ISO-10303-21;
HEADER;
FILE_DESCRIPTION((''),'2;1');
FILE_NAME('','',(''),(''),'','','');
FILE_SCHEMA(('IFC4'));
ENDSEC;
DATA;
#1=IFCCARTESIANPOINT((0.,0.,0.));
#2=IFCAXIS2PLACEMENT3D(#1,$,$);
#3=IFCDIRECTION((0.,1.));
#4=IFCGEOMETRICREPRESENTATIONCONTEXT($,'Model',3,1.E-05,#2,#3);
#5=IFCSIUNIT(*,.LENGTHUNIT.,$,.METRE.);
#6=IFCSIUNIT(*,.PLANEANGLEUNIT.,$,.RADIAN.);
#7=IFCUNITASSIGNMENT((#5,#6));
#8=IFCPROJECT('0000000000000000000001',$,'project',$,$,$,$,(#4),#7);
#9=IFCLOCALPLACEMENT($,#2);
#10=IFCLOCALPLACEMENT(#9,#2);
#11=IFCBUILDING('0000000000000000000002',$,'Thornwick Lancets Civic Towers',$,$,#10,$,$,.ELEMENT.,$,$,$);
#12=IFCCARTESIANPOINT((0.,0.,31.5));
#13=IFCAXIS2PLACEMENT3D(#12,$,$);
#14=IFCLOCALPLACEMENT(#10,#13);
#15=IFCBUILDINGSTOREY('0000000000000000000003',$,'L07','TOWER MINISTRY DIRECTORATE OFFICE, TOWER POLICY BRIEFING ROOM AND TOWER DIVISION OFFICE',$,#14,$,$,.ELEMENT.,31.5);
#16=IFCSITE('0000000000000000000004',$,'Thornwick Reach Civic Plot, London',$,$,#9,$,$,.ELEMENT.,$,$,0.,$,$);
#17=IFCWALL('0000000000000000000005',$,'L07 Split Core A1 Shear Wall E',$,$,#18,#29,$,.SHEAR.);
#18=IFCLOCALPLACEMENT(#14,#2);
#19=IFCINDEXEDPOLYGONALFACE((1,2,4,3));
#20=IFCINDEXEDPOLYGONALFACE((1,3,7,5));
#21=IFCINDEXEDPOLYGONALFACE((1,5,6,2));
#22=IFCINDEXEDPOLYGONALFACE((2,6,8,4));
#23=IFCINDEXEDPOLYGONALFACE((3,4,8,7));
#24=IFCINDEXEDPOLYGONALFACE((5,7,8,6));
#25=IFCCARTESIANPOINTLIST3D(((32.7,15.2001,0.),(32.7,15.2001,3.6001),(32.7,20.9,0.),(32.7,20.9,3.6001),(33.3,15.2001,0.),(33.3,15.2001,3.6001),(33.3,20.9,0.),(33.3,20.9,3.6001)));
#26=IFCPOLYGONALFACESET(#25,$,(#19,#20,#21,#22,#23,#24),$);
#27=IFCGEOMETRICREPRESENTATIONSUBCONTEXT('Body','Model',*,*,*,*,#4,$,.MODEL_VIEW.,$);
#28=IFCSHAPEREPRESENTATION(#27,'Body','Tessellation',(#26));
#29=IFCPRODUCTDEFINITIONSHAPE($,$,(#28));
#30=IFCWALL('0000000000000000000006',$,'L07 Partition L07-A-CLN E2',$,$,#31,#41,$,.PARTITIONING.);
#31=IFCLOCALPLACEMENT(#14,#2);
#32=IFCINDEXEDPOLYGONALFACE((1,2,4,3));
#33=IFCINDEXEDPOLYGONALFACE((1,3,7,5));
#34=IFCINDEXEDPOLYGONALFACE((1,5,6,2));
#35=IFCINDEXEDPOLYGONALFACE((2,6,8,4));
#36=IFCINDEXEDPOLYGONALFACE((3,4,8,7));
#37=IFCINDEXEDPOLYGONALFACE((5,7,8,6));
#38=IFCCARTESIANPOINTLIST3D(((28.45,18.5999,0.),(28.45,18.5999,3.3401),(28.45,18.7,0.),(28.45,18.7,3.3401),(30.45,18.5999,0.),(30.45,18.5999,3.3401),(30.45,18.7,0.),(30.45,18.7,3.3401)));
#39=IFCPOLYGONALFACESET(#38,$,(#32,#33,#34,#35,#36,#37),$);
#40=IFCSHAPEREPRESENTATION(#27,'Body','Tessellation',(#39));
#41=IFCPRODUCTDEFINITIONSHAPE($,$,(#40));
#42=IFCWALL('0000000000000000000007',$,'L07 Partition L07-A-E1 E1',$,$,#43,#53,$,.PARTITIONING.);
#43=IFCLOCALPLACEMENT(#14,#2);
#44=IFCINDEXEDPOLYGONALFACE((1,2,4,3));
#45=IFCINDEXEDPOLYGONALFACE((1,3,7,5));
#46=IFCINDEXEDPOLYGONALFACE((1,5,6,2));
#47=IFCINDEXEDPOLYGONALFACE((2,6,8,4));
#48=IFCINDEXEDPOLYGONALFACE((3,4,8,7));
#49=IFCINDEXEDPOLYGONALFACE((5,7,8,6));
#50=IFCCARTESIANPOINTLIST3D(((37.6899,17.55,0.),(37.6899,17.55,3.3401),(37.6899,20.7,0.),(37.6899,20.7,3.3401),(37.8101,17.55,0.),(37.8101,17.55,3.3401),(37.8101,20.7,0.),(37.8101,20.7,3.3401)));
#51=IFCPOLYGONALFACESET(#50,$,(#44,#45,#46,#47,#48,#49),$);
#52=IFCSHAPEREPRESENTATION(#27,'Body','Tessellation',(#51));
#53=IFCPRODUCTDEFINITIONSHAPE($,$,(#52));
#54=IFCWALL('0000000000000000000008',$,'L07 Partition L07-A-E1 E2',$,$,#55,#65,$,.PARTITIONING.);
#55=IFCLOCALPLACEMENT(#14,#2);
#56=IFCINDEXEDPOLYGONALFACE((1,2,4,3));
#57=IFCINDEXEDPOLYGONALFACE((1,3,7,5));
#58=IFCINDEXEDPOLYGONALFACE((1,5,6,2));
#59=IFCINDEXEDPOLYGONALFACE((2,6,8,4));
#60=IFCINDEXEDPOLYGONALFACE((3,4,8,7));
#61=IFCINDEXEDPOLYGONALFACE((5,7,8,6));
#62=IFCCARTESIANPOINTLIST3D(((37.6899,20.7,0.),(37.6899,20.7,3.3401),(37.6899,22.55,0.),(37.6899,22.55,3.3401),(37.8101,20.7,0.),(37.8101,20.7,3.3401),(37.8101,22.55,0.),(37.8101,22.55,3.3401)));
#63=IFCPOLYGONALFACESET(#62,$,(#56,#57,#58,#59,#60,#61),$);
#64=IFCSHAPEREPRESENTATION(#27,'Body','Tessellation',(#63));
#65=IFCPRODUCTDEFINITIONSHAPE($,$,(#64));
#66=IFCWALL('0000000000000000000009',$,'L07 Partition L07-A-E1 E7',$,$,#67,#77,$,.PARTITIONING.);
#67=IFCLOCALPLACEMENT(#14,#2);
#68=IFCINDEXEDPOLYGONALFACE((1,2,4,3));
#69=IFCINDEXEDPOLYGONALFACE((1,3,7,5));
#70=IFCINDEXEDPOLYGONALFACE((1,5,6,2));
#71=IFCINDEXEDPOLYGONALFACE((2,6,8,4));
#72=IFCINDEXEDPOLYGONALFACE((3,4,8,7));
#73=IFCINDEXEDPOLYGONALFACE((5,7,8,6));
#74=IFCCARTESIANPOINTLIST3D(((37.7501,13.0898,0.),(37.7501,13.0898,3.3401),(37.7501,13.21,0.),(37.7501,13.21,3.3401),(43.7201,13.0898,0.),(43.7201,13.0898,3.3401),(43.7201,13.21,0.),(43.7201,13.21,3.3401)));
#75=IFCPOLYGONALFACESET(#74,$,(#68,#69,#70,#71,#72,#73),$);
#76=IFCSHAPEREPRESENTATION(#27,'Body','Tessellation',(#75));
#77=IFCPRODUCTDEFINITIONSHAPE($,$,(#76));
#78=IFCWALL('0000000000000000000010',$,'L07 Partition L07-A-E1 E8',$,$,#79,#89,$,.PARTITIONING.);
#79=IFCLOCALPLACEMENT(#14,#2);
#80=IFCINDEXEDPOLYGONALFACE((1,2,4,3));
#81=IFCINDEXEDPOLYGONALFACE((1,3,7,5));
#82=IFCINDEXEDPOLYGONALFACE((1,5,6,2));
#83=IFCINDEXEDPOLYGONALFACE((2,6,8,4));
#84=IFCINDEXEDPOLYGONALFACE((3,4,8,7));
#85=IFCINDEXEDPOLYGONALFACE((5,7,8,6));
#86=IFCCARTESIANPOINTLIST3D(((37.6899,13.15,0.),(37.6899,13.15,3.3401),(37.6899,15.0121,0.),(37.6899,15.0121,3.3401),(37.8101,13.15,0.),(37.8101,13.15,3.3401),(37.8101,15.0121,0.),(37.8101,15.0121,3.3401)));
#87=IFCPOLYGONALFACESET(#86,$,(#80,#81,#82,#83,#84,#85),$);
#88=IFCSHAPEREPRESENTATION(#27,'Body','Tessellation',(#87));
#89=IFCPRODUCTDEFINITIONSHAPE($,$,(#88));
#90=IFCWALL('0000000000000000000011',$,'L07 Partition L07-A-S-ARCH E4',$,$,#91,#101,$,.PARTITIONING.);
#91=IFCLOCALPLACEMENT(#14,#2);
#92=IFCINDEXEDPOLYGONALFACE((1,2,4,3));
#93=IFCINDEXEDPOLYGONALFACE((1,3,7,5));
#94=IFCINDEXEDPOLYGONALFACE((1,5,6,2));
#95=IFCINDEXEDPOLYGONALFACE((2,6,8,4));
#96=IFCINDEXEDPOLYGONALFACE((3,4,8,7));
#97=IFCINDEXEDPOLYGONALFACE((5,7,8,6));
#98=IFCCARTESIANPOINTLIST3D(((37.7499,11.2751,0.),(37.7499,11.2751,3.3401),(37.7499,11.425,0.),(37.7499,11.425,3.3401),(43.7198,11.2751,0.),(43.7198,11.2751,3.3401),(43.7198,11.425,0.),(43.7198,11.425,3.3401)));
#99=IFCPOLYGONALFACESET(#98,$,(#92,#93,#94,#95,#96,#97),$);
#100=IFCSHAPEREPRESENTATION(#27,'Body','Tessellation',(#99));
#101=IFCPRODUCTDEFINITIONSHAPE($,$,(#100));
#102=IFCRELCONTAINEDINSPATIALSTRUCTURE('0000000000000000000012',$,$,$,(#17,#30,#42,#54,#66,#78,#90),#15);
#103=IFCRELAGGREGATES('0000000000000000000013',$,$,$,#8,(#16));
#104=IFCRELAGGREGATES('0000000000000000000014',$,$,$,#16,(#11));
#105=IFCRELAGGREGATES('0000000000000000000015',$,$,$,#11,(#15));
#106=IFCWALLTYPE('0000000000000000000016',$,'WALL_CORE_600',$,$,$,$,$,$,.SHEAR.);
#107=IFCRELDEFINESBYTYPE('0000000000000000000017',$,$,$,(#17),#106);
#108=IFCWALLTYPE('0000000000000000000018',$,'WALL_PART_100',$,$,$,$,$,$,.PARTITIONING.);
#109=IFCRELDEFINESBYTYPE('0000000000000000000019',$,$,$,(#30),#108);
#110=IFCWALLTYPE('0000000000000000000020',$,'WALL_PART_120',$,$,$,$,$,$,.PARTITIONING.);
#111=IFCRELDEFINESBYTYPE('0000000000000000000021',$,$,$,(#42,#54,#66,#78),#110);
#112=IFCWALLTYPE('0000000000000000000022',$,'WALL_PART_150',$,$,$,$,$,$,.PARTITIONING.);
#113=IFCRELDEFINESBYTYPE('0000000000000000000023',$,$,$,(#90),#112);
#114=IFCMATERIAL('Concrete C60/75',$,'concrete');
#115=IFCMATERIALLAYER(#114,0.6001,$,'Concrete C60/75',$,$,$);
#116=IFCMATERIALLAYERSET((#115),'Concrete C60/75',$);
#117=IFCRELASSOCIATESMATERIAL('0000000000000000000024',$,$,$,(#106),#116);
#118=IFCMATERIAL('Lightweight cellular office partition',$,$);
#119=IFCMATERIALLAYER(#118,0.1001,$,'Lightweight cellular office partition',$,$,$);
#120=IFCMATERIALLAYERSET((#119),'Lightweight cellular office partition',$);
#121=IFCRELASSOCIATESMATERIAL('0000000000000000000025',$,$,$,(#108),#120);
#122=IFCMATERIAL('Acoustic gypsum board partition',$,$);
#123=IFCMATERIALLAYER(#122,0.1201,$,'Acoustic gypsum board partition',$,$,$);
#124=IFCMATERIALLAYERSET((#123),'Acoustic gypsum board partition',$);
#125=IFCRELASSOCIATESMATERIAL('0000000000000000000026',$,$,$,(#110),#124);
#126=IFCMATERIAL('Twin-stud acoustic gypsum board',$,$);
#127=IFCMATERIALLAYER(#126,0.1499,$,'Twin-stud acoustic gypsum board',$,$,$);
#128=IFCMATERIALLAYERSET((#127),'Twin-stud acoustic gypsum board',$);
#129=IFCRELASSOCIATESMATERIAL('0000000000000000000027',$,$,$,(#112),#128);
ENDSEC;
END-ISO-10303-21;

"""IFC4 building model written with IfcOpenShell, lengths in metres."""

from ifc_helpers import new_model, si_unit, direction, frame, frame_2d, origin, place, context, subcontext, project, spatial, rectangle, extrude, material, layer, layer_set, type_object, element, save


model = new_model("IFC4")

# Units and contexts
model_context = context("Model", 3, precision=1e-05, world=origin(), true_north=direction((0.0, 1.0)))
body_context = subcontext(model_context, "Body", "Model", "MODEL_VIEW")
ifc_project = project(units=[si_unit("LENGTHUNIT", "METRE"), si_unit("PLANEANGLEUNIT", "RADIAN")], contexts=[model_context])

# Site, building, storey
site_placement = place(None, origin())
site = spatial("IfcSite", under=ifc_project, at=site_placement, Name="Thornwick Reach Civic Plot, London", CompositionType="ELEMENT", RefElevation=0.0)
building_placement = place(site_placement, origin())
building = spatial("IfcBuilding", under=site, at=building_placement, Name="Thornwick Lancets Civic Towers", CompositionType="ELEMENT")
storey_placement = place(building_placement, frame((0.0, 0.0, 31.5)))
storey = spatial("IfcBuildingStorey", under=building, at=storey_placement, Name="L07", Description="TOWER MINISTRY DIRECTORATE OFFICE, TOWER POLICY BRIEFING ROOM AND TOWER DIVISION OFFICE", CompositionType="ELEMENT", Elevation=31.5)

# Shared definitions
ifc_material_1 = material(Name="Concrete C60/75", Category="concrete")

# Walls
ifc_layer_1 = layer(ifc_material_1, 0.6001, Name="Concrete C60/75")
ifc_layer_set_1 = layer_set([ifc_layer_1], Name="Concrete C60/75")
wall_type_1 = type_object("IfcWallType", Name="WALL_CORE_600", PredefinedType="SHEAR", material=ifc_layer_set_1)
wall_1_placement = place(storey_placement, frame((33.0, 15.2, 0.0), z_axis=(0.0, 0.0, 1.0), x_axis=(0.0, 1.0, 0.0)))
element("IfcWall", 1, at=wall_1_placement, inside=storey, type_object=wall_type_1, Name="L07 Split Core A1 Shear Wall E", PredefinedType="SHEAR", context=body_context, shape_type="SweptSolid", body=[
    extrude(rectangle(XDim=5.7, YDim=0.6001, at=frame_2d((2.8501, 0.0))), origin(), (0.0, 0.0, 1.0), 3.6001),
])
ifc_material_2 = material(Name="Lightweight cellular office partition")
ifc_layer_2 = layer(ifc_material_2, 0.1001, Name="Lightweight cellular office partition")
ifc_layer_set_2 = layer_set([ifc_layer_2], Name="Lightweight cellular office partition")
wall_type_2 = type_object("IfcWallType", Name="WALL_PART_100", PredefinedType="PARTITIONING", material=ifc_layer_set_2)
wall_2_placement = place(storey_placement, frame((30.45, 18.6499, 0.0), z_axis=(0.0, 0.0, 1.0), x_axis=(-1.0, 0.0, 0.0)))
element("IfcWall", 2, at=wall_2_placement, inside=storey, type_object=wall_type_2, Name="L07 Partition L07-A-CLN E2", PredefinedType="PARTITIONING", context=body_context, shape_type="SweptSolid", body=[
    extrude(rectangle(XDim=2.0, YDim=0.1001, at=frame_2d((1.0, 0.0))), origin(), (0.0, 0.0, 1.0), 3.3401),
])
ifc_material_3 = material(Name="Acoustic gypsum board partition")
ifc_layer_3 = layer(ifc_material_3, 0.1201, Name="Acoustic gypsum board partition")
ifc_layer_set_3 = layer_set([ifc_layer_3], Name="Acoustic gypsum board partition")
wall_type_3 = type_object("IfcWallType", Name="WALL_PART_120", PredefinedType="PARTITIONING", material=ifc_layer_set_3)
wall_3_placement = place(storey_placement, frame((37.75, 17.55, 0.0), z_axis=(0.0, 0.0, 1.0), x_axis=(0.0, 1.0, 0.0)))
element("IfcWall", 3, at=wall_3_placement, inside=storey, type_object=wall_type_3, Name="L07 Partition L07-A-E1 E1", PredefinedType="PARTITIONING", context=body_context, shape_type="SweptSolid", body=[
    extrude(rectangle(XDim=3.1499, YDim=0.1201, at=frame_2d((1.575, 0.0))), origin(), (0.0, 0.0, 1.0), 3.3401),
])
wall_4_placement = place(storey_placement, frame((37.75, 20.7, 0.0), z_axis=(0.0, 0.0, 1.0), x_axis=(0.0, 1.0, 0.0)))
element("IfcWall", 4, at=wall_4_placement, inside=storey, type_object=wall_type_3, Name="L07 Partition L07-A-E1 E2", PredefinedType="PARTITIONING", context=body_context, shape_type="SweptSolid", body=[
    extrude(rectangle(XDim=1.8501, YDim=0.1201, at=frame_2d((0.925, 0.0))), origin(), (0.0, 0.0, 1.0), 3.3401),
])
wall_5_placement = place(storey_placement, frame((43.72, 13.1499, 0.0), z_axis=(0.0, 0.0, 1.0), x_axis=(-1.0, 0.0, 0.0)))
element("IfcWall", 5, at=wall_5_placement, inside=storey, type_object=wall_type_3, Name="L07 Partition L07-A-E1 E7", PredefinedType="PARTITIONING", context=body_context, shape_type="SweptSolid", body=[
    extrude(rectangle(XDim=5.97, YDim=0.1201, at=frame_2d((2.9849, 0.0))), origin(), (0.0, 0.0, 1.0), 3.3401),
])
wall_6_placement = place(storey_placement, frame((37.75, 13.1499, 0.0), z_axis=(0.0, 0.0, 1.0), x_axis=(0.0, 1.0, 0.0)))
element("IfcWall", 6, at=wall_6_placement, inside=storey, type_object=wall_type_3, Name="L07 Partition L07-A-E1 E8", PredefinedType="PARTITIONING", context=body_context, shape_type="SweptSolid", body=[
    extrude(rectangle(XDim=1.8621, YDim=0.1201, at=frame_2d((0.9312, 0.0))), origin(), (0.0, 0.0, 1.0), 3.3401),
])
ifc_material_4 = material(Name="Twin-stud acoustic gypsum board")
ifc_layer_4 = layer(ifc_material_4, 0.1499, Name="Twin-stud acoustic gypsum board")
ifc_layer_set_4 = layer_set([ifc_layer_4], Name="Twin-stud acoustic gypsum board")
wall_type_4 = type_object("IfcWallType", Name="WALL_PART_150", PredefinedType="PARTITIONING", material=ifc_layer_set_4)
wall_7_placement = place(storey_placement, frame((37.75, 11.3501, 0.0), z_axis=(0.0, 0.0, 1.0), x_axis=(1.0, 0.0, 0.0)))
element("IfcWall", 7, at=wall_7_placement, inside=storey, type_object=wall_type_4, Name="L07 Partition L07-A-S-ARCH E4", PredefinedType="PARTITIONING", context=body_context, shape_type="SweptSolid", body=[
    extrude(rectangle(XDim=5.97, YDim=0.1499, at=frame_2d((2.9849, 0.0))), origin(), (0.0, 0.0, 1.0), 3.3401),
])

save(model, "model.ifc")
